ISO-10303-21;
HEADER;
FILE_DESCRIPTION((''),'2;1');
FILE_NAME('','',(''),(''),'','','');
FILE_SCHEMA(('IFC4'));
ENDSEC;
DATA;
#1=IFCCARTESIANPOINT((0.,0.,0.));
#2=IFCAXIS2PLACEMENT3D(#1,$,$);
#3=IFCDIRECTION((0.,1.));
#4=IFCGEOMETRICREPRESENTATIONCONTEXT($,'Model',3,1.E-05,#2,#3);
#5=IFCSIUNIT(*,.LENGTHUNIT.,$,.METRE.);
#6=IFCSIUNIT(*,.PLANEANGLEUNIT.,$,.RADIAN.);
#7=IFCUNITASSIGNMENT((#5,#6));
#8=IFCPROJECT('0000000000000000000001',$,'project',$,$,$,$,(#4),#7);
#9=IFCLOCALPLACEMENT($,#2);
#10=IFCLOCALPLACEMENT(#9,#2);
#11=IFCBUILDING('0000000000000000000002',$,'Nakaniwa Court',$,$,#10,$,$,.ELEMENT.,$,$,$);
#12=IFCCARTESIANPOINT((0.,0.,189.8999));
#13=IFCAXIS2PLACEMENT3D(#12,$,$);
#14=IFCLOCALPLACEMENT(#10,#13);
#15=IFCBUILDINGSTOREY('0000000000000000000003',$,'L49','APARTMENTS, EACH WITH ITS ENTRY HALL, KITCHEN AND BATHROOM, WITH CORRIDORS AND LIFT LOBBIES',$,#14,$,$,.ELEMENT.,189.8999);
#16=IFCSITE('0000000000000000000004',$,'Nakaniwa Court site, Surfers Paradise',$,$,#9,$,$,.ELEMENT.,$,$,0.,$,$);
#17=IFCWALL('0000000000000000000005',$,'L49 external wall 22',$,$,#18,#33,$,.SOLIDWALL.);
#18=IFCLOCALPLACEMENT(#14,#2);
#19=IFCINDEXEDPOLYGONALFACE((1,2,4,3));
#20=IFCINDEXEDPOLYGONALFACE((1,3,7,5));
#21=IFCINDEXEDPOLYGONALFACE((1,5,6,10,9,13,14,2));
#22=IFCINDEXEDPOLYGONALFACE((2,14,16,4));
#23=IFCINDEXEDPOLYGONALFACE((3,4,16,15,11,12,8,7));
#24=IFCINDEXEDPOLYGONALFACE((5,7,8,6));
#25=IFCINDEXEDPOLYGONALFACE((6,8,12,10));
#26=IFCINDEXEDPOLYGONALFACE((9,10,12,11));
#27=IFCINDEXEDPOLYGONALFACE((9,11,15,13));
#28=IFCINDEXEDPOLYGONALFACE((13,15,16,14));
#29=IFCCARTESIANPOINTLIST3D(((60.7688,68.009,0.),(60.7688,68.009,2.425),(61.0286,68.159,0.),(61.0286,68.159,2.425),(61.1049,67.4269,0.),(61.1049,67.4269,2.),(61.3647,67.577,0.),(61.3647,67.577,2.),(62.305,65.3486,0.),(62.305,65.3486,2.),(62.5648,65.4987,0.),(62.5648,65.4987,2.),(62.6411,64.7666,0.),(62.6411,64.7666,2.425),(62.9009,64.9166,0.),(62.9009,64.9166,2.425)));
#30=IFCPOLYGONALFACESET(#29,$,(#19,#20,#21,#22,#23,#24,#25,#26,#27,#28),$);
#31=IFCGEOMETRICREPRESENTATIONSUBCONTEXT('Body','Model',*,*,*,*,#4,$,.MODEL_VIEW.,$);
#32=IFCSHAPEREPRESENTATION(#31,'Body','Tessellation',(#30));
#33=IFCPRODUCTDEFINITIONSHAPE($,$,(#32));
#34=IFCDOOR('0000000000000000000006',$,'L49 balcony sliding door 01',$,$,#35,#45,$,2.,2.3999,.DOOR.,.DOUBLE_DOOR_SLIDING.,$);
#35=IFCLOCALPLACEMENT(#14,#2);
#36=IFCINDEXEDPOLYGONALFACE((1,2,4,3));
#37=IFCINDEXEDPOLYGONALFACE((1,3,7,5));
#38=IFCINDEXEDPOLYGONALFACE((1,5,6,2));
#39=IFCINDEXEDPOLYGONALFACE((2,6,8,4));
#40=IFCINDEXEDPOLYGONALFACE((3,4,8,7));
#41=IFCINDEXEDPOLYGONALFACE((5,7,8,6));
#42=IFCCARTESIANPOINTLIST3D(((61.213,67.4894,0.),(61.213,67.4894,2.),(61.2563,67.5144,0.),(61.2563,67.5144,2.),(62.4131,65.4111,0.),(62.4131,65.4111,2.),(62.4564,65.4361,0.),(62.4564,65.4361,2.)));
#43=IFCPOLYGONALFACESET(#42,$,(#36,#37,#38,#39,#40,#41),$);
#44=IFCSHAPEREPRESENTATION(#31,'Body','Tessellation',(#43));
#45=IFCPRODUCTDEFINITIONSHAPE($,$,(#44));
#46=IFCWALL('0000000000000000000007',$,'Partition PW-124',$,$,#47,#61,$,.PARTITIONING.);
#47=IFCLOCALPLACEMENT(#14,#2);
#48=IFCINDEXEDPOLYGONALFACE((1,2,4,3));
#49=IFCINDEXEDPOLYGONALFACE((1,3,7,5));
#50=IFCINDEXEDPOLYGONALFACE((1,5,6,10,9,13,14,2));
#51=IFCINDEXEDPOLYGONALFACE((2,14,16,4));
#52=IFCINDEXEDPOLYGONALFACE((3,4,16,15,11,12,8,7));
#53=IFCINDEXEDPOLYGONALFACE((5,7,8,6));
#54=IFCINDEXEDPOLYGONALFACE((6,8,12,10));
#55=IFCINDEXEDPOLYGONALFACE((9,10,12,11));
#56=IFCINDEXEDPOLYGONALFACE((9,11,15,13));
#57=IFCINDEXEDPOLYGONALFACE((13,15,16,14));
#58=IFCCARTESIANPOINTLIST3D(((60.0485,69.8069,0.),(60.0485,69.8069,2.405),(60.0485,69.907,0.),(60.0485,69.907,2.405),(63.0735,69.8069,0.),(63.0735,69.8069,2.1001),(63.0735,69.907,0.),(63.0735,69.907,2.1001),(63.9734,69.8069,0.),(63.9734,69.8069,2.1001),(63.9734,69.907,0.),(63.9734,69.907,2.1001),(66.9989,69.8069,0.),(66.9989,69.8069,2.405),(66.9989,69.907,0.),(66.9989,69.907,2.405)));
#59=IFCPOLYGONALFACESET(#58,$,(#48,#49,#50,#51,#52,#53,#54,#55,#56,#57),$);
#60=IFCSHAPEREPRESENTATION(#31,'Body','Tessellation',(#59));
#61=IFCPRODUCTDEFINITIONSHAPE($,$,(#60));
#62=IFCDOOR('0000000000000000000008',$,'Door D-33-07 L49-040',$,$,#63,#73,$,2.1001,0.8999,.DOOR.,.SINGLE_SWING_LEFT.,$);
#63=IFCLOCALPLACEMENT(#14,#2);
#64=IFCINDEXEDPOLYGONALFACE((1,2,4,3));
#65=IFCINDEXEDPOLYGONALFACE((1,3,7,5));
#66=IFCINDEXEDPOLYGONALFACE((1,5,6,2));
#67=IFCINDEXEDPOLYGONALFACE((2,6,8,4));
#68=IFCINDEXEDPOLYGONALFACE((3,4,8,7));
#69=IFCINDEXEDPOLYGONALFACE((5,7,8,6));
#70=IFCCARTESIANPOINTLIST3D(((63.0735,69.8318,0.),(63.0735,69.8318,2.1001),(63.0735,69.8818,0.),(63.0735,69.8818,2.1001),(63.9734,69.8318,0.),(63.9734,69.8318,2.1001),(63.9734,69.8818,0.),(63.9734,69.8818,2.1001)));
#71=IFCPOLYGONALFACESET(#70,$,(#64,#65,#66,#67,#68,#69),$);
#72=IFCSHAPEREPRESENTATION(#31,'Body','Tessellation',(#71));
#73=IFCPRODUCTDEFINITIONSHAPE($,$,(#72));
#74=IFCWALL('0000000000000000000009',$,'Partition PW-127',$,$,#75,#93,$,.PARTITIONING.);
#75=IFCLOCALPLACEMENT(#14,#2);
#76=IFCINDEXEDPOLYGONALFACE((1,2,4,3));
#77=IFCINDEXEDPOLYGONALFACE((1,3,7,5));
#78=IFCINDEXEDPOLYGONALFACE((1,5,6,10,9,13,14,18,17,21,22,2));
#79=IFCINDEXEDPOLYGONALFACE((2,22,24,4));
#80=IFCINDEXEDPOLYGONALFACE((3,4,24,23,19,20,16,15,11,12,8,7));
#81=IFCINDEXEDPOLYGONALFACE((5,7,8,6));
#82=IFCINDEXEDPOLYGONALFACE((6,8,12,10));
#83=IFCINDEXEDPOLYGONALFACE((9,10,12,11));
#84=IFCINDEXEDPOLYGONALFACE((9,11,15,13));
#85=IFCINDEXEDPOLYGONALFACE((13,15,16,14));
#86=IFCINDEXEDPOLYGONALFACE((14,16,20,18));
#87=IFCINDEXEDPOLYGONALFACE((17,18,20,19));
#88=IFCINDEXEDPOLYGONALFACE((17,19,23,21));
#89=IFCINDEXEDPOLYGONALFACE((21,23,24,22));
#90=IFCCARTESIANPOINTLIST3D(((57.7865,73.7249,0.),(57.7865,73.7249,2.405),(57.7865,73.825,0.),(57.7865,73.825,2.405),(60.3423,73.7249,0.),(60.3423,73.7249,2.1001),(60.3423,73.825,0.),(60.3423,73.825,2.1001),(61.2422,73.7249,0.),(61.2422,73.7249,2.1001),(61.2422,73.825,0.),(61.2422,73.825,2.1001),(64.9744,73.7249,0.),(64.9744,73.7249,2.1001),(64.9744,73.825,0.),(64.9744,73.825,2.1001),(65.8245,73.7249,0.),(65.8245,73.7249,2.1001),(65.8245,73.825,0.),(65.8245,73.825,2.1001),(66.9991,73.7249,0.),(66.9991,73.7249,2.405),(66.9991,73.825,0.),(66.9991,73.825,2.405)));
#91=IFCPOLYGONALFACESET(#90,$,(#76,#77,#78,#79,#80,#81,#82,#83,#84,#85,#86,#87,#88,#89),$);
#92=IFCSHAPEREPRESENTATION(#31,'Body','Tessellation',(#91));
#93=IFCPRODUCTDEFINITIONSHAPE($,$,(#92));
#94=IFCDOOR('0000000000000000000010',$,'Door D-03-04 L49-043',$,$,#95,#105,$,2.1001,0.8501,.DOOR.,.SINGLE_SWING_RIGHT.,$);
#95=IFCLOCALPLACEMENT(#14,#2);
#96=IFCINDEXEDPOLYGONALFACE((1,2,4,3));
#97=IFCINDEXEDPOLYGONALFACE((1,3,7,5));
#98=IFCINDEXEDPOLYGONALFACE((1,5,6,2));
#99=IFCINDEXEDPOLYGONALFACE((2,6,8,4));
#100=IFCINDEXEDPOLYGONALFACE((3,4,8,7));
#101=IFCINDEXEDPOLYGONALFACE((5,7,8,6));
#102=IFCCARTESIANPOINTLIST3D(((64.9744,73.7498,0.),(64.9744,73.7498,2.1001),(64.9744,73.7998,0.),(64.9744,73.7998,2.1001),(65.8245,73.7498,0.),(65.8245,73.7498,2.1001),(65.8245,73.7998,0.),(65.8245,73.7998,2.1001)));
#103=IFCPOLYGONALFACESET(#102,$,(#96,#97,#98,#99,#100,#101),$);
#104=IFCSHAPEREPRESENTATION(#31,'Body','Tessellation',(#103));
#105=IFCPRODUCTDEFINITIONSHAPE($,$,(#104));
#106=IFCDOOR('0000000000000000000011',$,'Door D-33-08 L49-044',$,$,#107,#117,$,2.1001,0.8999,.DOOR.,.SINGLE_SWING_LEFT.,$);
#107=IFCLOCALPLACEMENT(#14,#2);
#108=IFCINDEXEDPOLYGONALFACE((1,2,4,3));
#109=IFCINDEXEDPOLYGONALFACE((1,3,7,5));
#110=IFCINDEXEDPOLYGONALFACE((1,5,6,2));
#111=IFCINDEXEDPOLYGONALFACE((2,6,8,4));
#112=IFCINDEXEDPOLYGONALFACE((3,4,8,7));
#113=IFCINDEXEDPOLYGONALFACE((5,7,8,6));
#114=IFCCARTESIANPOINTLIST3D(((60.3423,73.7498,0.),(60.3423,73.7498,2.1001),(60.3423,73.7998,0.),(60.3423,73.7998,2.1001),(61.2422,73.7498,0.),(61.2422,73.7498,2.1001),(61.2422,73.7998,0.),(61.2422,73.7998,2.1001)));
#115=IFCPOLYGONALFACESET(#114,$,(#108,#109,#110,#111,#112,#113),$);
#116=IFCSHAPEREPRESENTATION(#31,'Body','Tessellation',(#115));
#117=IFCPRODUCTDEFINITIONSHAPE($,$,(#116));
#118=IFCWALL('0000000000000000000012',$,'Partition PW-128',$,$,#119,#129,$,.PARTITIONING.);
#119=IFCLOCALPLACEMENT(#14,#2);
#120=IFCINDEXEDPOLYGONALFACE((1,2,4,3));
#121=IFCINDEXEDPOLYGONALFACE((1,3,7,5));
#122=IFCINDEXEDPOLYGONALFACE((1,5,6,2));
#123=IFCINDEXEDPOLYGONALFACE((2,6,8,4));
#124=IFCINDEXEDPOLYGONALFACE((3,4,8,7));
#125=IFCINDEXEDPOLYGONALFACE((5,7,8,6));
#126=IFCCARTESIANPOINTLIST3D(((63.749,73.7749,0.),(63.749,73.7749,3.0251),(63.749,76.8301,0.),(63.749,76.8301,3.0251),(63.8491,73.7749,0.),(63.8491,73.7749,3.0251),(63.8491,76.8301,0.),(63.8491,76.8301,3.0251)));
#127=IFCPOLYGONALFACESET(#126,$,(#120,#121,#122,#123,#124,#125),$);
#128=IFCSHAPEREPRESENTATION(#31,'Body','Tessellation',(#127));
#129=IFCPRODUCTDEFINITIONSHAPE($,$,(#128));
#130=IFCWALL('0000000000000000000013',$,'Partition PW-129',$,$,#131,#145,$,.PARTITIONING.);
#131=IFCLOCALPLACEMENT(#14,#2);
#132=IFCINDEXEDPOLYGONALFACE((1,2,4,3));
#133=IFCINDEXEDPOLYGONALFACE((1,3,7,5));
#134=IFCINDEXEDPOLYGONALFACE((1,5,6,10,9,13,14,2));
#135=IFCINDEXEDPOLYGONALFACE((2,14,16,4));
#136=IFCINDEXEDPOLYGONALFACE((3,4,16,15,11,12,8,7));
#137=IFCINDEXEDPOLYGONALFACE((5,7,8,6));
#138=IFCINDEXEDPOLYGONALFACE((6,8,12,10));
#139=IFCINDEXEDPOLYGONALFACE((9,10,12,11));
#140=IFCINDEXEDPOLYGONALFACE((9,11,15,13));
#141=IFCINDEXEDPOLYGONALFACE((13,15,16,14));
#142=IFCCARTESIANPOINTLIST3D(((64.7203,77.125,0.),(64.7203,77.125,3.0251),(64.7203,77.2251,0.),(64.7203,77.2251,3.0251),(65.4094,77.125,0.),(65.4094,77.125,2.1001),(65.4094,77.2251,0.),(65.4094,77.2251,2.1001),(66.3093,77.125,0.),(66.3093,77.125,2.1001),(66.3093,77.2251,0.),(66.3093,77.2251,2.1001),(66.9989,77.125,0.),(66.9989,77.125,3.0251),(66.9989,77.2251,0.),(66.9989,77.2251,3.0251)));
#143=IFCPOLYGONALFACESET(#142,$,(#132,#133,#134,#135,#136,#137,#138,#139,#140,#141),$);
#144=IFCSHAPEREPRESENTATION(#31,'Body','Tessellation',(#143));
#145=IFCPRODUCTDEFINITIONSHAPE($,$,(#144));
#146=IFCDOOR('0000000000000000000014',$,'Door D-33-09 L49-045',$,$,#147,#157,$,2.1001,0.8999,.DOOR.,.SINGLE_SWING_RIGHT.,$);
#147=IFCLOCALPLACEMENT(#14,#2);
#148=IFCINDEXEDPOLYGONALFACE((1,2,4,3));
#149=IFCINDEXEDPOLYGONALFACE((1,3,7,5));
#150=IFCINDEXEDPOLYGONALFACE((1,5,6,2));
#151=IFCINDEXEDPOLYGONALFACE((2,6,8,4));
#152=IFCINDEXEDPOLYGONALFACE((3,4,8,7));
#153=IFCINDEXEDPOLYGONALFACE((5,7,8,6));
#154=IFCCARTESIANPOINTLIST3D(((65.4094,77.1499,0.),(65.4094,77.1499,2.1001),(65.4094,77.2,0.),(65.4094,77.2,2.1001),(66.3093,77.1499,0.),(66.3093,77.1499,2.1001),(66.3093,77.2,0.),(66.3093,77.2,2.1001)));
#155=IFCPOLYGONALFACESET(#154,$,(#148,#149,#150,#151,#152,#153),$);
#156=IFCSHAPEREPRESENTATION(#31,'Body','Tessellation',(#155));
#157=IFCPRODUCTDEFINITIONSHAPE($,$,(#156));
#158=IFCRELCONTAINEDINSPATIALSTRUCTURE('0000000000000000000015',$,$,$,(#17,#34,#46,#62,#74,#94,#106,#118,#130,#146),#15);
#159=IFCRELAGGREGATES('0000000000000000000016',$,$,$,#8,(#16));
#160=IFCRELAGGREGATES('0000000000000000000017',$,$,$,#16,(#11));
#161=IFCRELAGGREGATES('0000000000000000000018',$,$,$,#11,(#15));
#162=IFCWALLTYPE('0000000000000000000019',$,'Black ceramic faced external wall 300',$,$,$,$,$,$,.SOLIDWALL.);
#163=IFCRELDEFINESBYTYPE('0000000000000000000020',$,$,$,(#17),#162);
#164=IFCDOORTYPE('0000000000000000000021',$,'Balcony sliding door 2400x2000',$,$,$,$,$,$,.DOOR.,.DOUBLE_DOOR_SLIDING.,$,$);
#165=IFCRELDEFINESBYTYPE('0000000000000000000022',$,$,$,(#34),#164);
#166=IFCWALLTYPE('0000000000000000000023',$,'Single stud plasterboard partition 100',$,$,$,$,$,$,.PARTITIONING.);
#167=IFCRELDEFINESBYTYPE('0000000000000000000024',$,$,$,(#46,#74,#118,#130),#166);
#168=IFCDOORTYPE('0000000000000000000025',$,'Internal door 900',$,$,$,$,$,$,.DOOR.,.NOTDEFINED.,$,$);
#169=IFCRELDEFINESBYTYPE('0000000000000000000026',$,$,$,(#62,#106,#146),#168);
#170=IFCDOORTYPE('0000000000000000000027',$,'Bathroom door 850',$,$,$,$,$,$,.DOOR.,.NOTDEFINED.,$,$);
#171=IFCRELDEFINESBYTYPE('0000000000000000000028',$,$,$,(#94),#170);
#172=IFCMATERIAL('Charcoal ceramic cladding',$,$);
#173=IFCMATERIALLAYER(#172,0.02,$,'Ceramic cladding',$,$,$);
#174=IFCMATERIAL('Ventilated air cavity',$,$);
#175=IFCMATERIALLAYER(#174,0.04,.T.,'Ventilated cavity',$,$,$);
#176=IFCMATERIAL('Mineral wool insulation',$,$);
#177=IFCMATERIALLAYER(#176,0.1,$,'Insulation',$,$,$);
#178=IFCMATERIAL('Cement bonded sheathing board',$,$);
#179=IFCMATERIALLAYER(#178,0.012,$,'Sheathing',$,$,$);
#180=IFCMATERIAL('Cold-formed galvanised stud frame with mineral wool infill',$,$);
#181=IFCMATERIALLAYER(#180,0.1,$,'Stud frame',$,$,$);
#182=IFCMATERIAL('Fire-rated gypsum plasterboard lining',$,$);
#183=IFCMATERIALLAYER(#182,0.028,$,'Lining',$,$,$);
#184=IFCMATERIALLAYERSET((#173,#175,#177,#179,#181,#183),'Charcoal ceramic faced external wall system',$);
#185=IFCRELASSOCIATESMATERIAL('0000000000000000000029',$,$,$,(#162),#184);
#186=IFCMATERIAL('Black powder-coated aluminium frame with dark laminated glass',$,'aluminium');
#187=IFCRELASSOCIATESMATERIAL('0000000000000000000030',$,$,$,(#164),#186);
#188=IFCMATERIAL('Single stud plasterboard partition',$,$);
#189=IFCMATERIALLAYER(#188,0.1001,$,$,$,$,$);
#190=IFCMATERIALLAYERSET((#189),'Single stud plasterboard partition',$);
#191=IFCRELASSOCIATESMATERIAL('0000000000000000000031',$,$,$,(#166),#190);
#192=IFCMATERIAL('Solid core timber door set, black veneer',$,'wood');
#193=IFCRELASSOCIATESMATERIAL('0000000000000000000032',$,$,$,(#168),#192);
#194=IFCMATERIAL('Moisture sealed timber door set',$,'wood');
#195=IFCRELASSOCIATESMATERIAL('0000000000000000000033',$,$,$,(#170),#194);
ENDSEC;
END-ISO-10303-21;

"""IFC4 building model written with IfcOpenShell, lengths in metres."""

from ifc_helpers import new_model, si_unit, direction, frame, frame_2d, origin, place, context, subcontext, project, spatial, rectangle, extrude, material, layer, layer_set, type_object, element, fill, save


model = new_model("IFC4")

# Units and contexts
model_context = context("Model", 3, precision=1e-05, world=origin(), true_north=direction((0.0, 1.0)))
body_context = subcontext(model_context, "Body", "Model", "MODEL_VIEW")
ifc_project = project(units=[si_unit("LENGTHUNIT", "METRE"), si_unit("PLANEANGLEUNIT", "RADIAN")], contexts=[model_context])

# Site, building, storey
site_placement = place(None, origin())
site = spatial("IfcSite", under=ifc_project, at=site_placement, Name="Nakaniwa Court site, Surfers Paradise", CompositionType="ELEMENT", RefElevation=0.0)
building_placement = place(site_placement, origin())
building = spatial("IfcBuilding", under=site, at=building_placement, Name="Nakaniwa Court", CompositionType="ELEMENT")
storey_placement = place(building_placement, frame((0.0, 0.0, 189.8999)))
storey = spatial("IfcBuildingStorey", under=building, at=storey_placement, Name="L49", Description="APARTMENTS, EACH WITH ITS ENTRY HALL, KITCHEN AND BATHROOM, WITH CORRIDORS AND LIFT LOBBIES", CompositionType="ELEMENT", Elevation=189.8999)

# Shared definitions
ifc_material_1 = material(Name="Solid core timber door set, black veneer", Category="wood")

# Shared definitions
ifc_material_2 = material(Name="Charcoal ceramic cladding")
ifc_layer_1 = layer(ifc_material_2, 0.02, Name="Ceramic cladding")
ifc_material_3 = material(Name="Ventilated air cavity")
ifc_layer_2 = layer(ifc_material_3, 0.04, ventilated=True, Name="Ventilated cavity")
ifc_material_4 = material(Name="Mineral wool insulation")
ifc_layer_3 = layer(ifc_material_4, 0.1, Name="Insulation")
ifc_material_5 = material(Name="Cement bonded sheathing board")
ifc_layer_4 = layer(ifc_material_5, 0.012, Name="Sheathing")
ifc_material_6 = material(Name="Cold-formed galvanised stud frame with mineral wool infill")
ifc_layer_5 = layer(ifc_material_6, 0.1, Name="Stud frame")
ifc_material_7 = material(Name="Fire-rated gypsum plasterboard lining")
ifc_layer_6 = layer(ifc_material_7, 0.028, Name="Lining")
ifc_layer_set_1 = layer_set([ifc_layer_1, ifc_layer_2, ifc_layer_3, ifc_layer_4, ifc_layer_5, ifc_layer_6], Name="Charcoal ceramic faced external wall system")
wall_type_1 = type_object("IfcWallType", Name="Black ceramic faced external wall 300", PredefinedType="SOLIDWALL", material=ifc_layer_set_1)

# Walls, openings, doors
wall_1_placement = place(storey_placement, frame((60.8987, 68.084, 0.0), z_axis=(0.0, 0.0, 1.0), x_axis=(0.500059, -0.865991, 0.0)))
wall_1 = element("IfcWall", 1, at=wall_1_placement, inside=storey, type_object=wall_type_1, Name="L49 external wall 22", PredefinedType="SOLIDWALL", context=body_context, shape_type="SweptSolid", body=[
    extrude(rectangle(XDim=3.7441, YDim=0.3, at=frame_2d((1.8721, 0.0))), origin(), (0.0, 0.0, 1.0), 2.425),
])
opening_1_placement = place(wall_1_placement, frame((0.6721, 0.0, 0.0)))
opening_1 = element("IfcOpeningElement", 2, at=opening_1_placement, cuts=wall_1, PredefinedType="OPENING", context=body_context, shape_type="SweptSolid", body=[
    extrude(rectangle(XDim=2.3999, YDim=2.0, at=frame_2d((1.2, 1.0))), frame((0.0, 0.1599, 0.0), z_axis=(0.0, -1.0, 0.0), x_axis=(1.0, 0.0, 0.0)), (0.0, 0.0, 1.0), 0.3201),
])
ifc_material_8 = material(Name="Black powder-coated aluminium frame with dark laminated glass", Category="aluminium")
door_type_1 = type_object("IfcDoorType", Name="Balcony sliding door 2400x2000", OperationType="DOUBLE_DOOR_SLIDING", PredefinedType="DOOR", material=ifc_material_8)
door_1_placement = place(opening_1_placement, origin())
door_1 = element("IfcDoor", 3, at=door_1_placement, inside=storey, type_object=door_type_1, Name="L49 balcony sliding door 01", OperationType="DOUBLE_DOOR_SLIDING", OverallHeight=2.0, OverallWidth=2.3999, PredefinedType="DOOR", context=body_context, shape_type="SweptSolid", body=[
    extrude(rectangle(XDim=2.3999, YDim=2.0, at=frame_2d((1.2, 1.0))), frame((0.0, 0.0249, 0.0), z_axis=(0.0, -1.0, 0.0), x_axis=(1.0, 0.0, 0.0)), (0.0, 0.0, 1.0), 0.05),
])
fill(opening_1, door_1)
ifc_material_9 = material(Name="Single stud plasterboard partition")
ifc_layer_7 = layer(ifc_material_9, 0.1001)
ifc_layer_set_2 = layer_set([ifc_layer_7], Name="Single stud plasterboard partition")
wall_type_2 = type_object("IfcWallType", Name="Single stud plasterboard partition 100", PredefinedType="PARTITIONING", material=ifc_layer_set_2)
wall_2_placement = place(storey_placement, frame((60.0486, 69.8569, 0.0), z_axis=(0.0, 0.0, 1.0), x_axis=(1.0, 0.0, 0.0)))
wall_2 = element("IfcWall", 4, at=wall_2_placement, inside=storey, type_object=wall_type_2, Name="Partition PW-124", PredefinedType="PARTITIONING", context=body_context, shape_type="SweptSolid", body=[
    extrude(rectangle(XDim=6.9504, YDim=0.1001, at=frame_2d((3.4751, 0.0))), origin(), (0.0, 0.0, 1.0), 2.405),
])
opening_2_placement = place(wall_2_placement, frame((3.0249, 0.0, 0.0)))
opening_2 = element("IfcOpeningElement", 5, at=opening_2_placement, cuts=wall_2, PredefinedType="OPENING", context=body_context, shape_type="SweptSolid", body=[
    extrude(rectangle(XDim=0.8999, YDim=2.1001, at=frame_2d((0.45, 1.05))), frame((0.0, 0.0601, 0.0), z_axis=(0.0, -1.0, 0.0), x_axis=(1.0, 0.0, 0.0)), (0.0, 0.0, 1.0), 0.1201),
])
door_type_2 = type_object("IfcDoorType", Name="Internal door 900", OperationType="NOTDEFINED", PredefinedType="DOOR", material=ifc_material_1)
door_2_placement = place(opening_2_placement, origin())
door_2 = element("IfcDoor", 6, at=door_2_placement, inside=storey, type_object=door_type_2, Name="Door D-33-07 L49-040", OperationType="SINGLE_SWING_LEFT", OverallHeight=2.1001, OverallWidth=0.8999, PredefinedType="DOOR", context=body_context, shape_type="SweptSolid", body=[
    extrude(rectangle(XDim=0.8999, YDim=2.1001, at=frame_2d((0.45, 1.05))), frame((0.0, 0.0249, 0.0), z_axis=(0.0, -1.0, 0.0), x_axis=(1.0, 0.0, 0.0)), (0.0, 0.0, 1.0), 0.05),
])
fill(opening_2, door_2)

# Wall, openings, doors
wall_3_placement = place(storey_placement, frame((57.7864, 73.7749, 0.0), z_axis=(0.0, 0.0, 1.0), x_axis=(1.0, 0.0, 0.0)))
wall_3 = element("IfcWall", 7, at=wall_3_placement, inside=storey, type_object=wall_type_2, Name="Partition PW-127", PredefinedType="PARTITIONING", context=body_context, shape_type="SweptSolid", body=[
    extrude(rectangle(XDim=9.2126, YDim=0.1001, at=frame_2d((4.6064, 0.0))), origin(), (0.0, 0.0, 1.0), 2.405),
])
opening_3_placement = place(wall_3_placement, frame((7.188, 0.0, 0.0)))
opening_3 = element("IfcOpeningElement", 8, at=opening_3_placement, cuts=wall_3, PredefinedType="OPENING", context=body_context, shape_type="SweptSolid", body=[
    extrude(rectangle(XDim=0.8501, YDim=2.1001, at=frame_2d((0.425, 1.05))), frame((0.0, 0.0601, 0.0), z_axis=(0.0, -1.0, 0.0), x_axis=(1.0, 0.0, 0.0)), (0.0, 0.0, 1.0), 0.1201),
])
opening_4_placement = place(wall_3_placement, frame((2.5559, 0.0, 0.0)))
opening_4 = element("IfcOpeningElement", 9, at=opening_4_placement, cuts=wall_3, PredefinedType="OPENING", context=body_context, shape_type="SweptSolid", body=[
    extrude(rectangle(XDim=0.8999, YDim=2.1001, at=frame_2d((0.45, 1.05))), frame((0.0, 0.0601, 0.0), z_axis=(0.0, -1.0, 0.0), x_axis=(1.0, 0.0, 0.0)), (0.0, 0.0, 1.0), 0.1201),
])
ifc_material_10 = material(Name="Moisture sealed timber door set", Category="wood")
door_type_3 = type_object("IfcDoorType", Name="Bathroom door 850", OperationType="NOTDEFINED", PredefinedType="DOOR", material=ifc_material_10)
door_3_placement = place(opening_3_placement, origin())
door_3 = element("IfcDoor", 10, at=door_3_placement, inside=storey, type_object=door_type_3, Name="Door D-03-04 L49-043", OperationType="SINGLE_SWING_RIGHT", OverallHeight=2.1001, OverallWidth=0.8501, PredefinedType="DOOR", context=body_context, shape_type="SweptSolid", body=[
    extrude(rectangle(XDim=0.8501, YDim=2.1001, at=frame_2d((0.425, 1.05))), frame((0.0, 0.0249, 0.0), z_axis=(0.0, -1.0, 0.0), x_axis=(1.0, 0.0, 0.0)), (0.0, 0.0, 1.0), 0.05),
])
fill(opening_3, door_3)
door_4_placement = place(opening_4_placement, origin())
door_4 = element("IfcDoor", 11, at=door_4_placement, inside=storey, type_object=door_type_2, Name="Door D-33-08 L49-044", OperationType="SINGLE_SWING_LEFT", OverallHeight=2.1001, OverallWidth=0.8999, PredefinedType="DOOR", context=body_context, shape_type="SweptSolid", body=[
    extrude(rectangle(XDim=0.8999, YDim=2.1001, at=frame_2d((0.45, 1.05))), frame((0.0, 0.0249, 0.0), z_axis=(0.0, -1.0, 0.0), x_axis=(1.0, 0.0, 0.0)), (0.0, 0.0, 1.0), 0.05),
])
fill(opening_4, door_4)

# Wall
wall_4_placement = place(storey_placement, frame((63.7991, 73.7749, 0.0), z_axis=(0.0, 0.0, 1.0), x_axis=(0.0, 1.0, 0.0)))
element("IfcWall", 12, at=wall_4_placement, inside=storey, type_object=wall_type_2, Name="Partition PW-128", PredefinedType="PARTITIONING", context=body_context, shape_type="SweptSolid", body=[
    extrude(rectangle(XDim=3.0552, YDim=0.1001, at=frame_2d((1.5276, 0.0))), origin(), (0.0, 0.0, 1.0), 3.0251),
])

# Wall, opening, door
wall_5_placement = place(storey_placement, frame((64.7205, 77.175, 0.0), z_axis=(0.0, 0.0, 1.0), x_axis=(1.0, 0.0, 0.0)))
wall_5 = element("IfcWall", 13, at=wall_5_placement, inside=storey, type_object=wall_type_2, Name="Partition PW-129", PredefinedType="PARTITIONING", context=body_context, shape_type="SweptSolid", body=[
    extrude(rectangle(XDim=2.2786, YDim=0.1001, at=frame_2d((1.1392, 0.0))), origin(), (0.0, 0.0, 1.0), 3.0251),
])
opening_5_placement = place(wall_5_placement, frame((0.689, 0.0, 0.0)))
opening_5 = element("IfcOpeningElement", 14, at=opening_5_placement, cuts=wall_5, PredefinedType="OPENING", context=body_context, shape_type="SweptSolid", body=[
    extrude(rectangle(XDim=0.8999, YDim=2.1001, at=frame_2d((0.45, 1.05))), frame((0.0, 0.0601, 0.0), z_axis=(0.0, -1.0, 0.0), x_axis=(1.0, 0.0, 0.0)), (0.0, 0.0, 1.0), 0.1201),
])
door_5_placement = place(opening_5_placement, origin())
door_5 = element("IfcDoor", 15, at=door_5_placement, inside=storey, type_object=door_type_2, Name="Door D-33-09 L49-045", OperationType="SINGLE_SWING_RIGHT", OverallHeight=2.1001, OverallWidth=0.8999, PredefinedType="DOOR", context=body_context, shape_type="SweptSolid", body=[
    extrude(rectangle(XDim=0.8999, YDim=2.1001, at=frame_2d((0.45, 1.05))), frame((0.0, 0.0249, 0.0), z_axis=(0.0, -1.0, 0.0), x_axis=(1.0, 0.0, 0.0)), (0.0, 0.0, 1.0), 0.05),
])
fill(opening_5, door_5)

save(model, "model.ifc")
